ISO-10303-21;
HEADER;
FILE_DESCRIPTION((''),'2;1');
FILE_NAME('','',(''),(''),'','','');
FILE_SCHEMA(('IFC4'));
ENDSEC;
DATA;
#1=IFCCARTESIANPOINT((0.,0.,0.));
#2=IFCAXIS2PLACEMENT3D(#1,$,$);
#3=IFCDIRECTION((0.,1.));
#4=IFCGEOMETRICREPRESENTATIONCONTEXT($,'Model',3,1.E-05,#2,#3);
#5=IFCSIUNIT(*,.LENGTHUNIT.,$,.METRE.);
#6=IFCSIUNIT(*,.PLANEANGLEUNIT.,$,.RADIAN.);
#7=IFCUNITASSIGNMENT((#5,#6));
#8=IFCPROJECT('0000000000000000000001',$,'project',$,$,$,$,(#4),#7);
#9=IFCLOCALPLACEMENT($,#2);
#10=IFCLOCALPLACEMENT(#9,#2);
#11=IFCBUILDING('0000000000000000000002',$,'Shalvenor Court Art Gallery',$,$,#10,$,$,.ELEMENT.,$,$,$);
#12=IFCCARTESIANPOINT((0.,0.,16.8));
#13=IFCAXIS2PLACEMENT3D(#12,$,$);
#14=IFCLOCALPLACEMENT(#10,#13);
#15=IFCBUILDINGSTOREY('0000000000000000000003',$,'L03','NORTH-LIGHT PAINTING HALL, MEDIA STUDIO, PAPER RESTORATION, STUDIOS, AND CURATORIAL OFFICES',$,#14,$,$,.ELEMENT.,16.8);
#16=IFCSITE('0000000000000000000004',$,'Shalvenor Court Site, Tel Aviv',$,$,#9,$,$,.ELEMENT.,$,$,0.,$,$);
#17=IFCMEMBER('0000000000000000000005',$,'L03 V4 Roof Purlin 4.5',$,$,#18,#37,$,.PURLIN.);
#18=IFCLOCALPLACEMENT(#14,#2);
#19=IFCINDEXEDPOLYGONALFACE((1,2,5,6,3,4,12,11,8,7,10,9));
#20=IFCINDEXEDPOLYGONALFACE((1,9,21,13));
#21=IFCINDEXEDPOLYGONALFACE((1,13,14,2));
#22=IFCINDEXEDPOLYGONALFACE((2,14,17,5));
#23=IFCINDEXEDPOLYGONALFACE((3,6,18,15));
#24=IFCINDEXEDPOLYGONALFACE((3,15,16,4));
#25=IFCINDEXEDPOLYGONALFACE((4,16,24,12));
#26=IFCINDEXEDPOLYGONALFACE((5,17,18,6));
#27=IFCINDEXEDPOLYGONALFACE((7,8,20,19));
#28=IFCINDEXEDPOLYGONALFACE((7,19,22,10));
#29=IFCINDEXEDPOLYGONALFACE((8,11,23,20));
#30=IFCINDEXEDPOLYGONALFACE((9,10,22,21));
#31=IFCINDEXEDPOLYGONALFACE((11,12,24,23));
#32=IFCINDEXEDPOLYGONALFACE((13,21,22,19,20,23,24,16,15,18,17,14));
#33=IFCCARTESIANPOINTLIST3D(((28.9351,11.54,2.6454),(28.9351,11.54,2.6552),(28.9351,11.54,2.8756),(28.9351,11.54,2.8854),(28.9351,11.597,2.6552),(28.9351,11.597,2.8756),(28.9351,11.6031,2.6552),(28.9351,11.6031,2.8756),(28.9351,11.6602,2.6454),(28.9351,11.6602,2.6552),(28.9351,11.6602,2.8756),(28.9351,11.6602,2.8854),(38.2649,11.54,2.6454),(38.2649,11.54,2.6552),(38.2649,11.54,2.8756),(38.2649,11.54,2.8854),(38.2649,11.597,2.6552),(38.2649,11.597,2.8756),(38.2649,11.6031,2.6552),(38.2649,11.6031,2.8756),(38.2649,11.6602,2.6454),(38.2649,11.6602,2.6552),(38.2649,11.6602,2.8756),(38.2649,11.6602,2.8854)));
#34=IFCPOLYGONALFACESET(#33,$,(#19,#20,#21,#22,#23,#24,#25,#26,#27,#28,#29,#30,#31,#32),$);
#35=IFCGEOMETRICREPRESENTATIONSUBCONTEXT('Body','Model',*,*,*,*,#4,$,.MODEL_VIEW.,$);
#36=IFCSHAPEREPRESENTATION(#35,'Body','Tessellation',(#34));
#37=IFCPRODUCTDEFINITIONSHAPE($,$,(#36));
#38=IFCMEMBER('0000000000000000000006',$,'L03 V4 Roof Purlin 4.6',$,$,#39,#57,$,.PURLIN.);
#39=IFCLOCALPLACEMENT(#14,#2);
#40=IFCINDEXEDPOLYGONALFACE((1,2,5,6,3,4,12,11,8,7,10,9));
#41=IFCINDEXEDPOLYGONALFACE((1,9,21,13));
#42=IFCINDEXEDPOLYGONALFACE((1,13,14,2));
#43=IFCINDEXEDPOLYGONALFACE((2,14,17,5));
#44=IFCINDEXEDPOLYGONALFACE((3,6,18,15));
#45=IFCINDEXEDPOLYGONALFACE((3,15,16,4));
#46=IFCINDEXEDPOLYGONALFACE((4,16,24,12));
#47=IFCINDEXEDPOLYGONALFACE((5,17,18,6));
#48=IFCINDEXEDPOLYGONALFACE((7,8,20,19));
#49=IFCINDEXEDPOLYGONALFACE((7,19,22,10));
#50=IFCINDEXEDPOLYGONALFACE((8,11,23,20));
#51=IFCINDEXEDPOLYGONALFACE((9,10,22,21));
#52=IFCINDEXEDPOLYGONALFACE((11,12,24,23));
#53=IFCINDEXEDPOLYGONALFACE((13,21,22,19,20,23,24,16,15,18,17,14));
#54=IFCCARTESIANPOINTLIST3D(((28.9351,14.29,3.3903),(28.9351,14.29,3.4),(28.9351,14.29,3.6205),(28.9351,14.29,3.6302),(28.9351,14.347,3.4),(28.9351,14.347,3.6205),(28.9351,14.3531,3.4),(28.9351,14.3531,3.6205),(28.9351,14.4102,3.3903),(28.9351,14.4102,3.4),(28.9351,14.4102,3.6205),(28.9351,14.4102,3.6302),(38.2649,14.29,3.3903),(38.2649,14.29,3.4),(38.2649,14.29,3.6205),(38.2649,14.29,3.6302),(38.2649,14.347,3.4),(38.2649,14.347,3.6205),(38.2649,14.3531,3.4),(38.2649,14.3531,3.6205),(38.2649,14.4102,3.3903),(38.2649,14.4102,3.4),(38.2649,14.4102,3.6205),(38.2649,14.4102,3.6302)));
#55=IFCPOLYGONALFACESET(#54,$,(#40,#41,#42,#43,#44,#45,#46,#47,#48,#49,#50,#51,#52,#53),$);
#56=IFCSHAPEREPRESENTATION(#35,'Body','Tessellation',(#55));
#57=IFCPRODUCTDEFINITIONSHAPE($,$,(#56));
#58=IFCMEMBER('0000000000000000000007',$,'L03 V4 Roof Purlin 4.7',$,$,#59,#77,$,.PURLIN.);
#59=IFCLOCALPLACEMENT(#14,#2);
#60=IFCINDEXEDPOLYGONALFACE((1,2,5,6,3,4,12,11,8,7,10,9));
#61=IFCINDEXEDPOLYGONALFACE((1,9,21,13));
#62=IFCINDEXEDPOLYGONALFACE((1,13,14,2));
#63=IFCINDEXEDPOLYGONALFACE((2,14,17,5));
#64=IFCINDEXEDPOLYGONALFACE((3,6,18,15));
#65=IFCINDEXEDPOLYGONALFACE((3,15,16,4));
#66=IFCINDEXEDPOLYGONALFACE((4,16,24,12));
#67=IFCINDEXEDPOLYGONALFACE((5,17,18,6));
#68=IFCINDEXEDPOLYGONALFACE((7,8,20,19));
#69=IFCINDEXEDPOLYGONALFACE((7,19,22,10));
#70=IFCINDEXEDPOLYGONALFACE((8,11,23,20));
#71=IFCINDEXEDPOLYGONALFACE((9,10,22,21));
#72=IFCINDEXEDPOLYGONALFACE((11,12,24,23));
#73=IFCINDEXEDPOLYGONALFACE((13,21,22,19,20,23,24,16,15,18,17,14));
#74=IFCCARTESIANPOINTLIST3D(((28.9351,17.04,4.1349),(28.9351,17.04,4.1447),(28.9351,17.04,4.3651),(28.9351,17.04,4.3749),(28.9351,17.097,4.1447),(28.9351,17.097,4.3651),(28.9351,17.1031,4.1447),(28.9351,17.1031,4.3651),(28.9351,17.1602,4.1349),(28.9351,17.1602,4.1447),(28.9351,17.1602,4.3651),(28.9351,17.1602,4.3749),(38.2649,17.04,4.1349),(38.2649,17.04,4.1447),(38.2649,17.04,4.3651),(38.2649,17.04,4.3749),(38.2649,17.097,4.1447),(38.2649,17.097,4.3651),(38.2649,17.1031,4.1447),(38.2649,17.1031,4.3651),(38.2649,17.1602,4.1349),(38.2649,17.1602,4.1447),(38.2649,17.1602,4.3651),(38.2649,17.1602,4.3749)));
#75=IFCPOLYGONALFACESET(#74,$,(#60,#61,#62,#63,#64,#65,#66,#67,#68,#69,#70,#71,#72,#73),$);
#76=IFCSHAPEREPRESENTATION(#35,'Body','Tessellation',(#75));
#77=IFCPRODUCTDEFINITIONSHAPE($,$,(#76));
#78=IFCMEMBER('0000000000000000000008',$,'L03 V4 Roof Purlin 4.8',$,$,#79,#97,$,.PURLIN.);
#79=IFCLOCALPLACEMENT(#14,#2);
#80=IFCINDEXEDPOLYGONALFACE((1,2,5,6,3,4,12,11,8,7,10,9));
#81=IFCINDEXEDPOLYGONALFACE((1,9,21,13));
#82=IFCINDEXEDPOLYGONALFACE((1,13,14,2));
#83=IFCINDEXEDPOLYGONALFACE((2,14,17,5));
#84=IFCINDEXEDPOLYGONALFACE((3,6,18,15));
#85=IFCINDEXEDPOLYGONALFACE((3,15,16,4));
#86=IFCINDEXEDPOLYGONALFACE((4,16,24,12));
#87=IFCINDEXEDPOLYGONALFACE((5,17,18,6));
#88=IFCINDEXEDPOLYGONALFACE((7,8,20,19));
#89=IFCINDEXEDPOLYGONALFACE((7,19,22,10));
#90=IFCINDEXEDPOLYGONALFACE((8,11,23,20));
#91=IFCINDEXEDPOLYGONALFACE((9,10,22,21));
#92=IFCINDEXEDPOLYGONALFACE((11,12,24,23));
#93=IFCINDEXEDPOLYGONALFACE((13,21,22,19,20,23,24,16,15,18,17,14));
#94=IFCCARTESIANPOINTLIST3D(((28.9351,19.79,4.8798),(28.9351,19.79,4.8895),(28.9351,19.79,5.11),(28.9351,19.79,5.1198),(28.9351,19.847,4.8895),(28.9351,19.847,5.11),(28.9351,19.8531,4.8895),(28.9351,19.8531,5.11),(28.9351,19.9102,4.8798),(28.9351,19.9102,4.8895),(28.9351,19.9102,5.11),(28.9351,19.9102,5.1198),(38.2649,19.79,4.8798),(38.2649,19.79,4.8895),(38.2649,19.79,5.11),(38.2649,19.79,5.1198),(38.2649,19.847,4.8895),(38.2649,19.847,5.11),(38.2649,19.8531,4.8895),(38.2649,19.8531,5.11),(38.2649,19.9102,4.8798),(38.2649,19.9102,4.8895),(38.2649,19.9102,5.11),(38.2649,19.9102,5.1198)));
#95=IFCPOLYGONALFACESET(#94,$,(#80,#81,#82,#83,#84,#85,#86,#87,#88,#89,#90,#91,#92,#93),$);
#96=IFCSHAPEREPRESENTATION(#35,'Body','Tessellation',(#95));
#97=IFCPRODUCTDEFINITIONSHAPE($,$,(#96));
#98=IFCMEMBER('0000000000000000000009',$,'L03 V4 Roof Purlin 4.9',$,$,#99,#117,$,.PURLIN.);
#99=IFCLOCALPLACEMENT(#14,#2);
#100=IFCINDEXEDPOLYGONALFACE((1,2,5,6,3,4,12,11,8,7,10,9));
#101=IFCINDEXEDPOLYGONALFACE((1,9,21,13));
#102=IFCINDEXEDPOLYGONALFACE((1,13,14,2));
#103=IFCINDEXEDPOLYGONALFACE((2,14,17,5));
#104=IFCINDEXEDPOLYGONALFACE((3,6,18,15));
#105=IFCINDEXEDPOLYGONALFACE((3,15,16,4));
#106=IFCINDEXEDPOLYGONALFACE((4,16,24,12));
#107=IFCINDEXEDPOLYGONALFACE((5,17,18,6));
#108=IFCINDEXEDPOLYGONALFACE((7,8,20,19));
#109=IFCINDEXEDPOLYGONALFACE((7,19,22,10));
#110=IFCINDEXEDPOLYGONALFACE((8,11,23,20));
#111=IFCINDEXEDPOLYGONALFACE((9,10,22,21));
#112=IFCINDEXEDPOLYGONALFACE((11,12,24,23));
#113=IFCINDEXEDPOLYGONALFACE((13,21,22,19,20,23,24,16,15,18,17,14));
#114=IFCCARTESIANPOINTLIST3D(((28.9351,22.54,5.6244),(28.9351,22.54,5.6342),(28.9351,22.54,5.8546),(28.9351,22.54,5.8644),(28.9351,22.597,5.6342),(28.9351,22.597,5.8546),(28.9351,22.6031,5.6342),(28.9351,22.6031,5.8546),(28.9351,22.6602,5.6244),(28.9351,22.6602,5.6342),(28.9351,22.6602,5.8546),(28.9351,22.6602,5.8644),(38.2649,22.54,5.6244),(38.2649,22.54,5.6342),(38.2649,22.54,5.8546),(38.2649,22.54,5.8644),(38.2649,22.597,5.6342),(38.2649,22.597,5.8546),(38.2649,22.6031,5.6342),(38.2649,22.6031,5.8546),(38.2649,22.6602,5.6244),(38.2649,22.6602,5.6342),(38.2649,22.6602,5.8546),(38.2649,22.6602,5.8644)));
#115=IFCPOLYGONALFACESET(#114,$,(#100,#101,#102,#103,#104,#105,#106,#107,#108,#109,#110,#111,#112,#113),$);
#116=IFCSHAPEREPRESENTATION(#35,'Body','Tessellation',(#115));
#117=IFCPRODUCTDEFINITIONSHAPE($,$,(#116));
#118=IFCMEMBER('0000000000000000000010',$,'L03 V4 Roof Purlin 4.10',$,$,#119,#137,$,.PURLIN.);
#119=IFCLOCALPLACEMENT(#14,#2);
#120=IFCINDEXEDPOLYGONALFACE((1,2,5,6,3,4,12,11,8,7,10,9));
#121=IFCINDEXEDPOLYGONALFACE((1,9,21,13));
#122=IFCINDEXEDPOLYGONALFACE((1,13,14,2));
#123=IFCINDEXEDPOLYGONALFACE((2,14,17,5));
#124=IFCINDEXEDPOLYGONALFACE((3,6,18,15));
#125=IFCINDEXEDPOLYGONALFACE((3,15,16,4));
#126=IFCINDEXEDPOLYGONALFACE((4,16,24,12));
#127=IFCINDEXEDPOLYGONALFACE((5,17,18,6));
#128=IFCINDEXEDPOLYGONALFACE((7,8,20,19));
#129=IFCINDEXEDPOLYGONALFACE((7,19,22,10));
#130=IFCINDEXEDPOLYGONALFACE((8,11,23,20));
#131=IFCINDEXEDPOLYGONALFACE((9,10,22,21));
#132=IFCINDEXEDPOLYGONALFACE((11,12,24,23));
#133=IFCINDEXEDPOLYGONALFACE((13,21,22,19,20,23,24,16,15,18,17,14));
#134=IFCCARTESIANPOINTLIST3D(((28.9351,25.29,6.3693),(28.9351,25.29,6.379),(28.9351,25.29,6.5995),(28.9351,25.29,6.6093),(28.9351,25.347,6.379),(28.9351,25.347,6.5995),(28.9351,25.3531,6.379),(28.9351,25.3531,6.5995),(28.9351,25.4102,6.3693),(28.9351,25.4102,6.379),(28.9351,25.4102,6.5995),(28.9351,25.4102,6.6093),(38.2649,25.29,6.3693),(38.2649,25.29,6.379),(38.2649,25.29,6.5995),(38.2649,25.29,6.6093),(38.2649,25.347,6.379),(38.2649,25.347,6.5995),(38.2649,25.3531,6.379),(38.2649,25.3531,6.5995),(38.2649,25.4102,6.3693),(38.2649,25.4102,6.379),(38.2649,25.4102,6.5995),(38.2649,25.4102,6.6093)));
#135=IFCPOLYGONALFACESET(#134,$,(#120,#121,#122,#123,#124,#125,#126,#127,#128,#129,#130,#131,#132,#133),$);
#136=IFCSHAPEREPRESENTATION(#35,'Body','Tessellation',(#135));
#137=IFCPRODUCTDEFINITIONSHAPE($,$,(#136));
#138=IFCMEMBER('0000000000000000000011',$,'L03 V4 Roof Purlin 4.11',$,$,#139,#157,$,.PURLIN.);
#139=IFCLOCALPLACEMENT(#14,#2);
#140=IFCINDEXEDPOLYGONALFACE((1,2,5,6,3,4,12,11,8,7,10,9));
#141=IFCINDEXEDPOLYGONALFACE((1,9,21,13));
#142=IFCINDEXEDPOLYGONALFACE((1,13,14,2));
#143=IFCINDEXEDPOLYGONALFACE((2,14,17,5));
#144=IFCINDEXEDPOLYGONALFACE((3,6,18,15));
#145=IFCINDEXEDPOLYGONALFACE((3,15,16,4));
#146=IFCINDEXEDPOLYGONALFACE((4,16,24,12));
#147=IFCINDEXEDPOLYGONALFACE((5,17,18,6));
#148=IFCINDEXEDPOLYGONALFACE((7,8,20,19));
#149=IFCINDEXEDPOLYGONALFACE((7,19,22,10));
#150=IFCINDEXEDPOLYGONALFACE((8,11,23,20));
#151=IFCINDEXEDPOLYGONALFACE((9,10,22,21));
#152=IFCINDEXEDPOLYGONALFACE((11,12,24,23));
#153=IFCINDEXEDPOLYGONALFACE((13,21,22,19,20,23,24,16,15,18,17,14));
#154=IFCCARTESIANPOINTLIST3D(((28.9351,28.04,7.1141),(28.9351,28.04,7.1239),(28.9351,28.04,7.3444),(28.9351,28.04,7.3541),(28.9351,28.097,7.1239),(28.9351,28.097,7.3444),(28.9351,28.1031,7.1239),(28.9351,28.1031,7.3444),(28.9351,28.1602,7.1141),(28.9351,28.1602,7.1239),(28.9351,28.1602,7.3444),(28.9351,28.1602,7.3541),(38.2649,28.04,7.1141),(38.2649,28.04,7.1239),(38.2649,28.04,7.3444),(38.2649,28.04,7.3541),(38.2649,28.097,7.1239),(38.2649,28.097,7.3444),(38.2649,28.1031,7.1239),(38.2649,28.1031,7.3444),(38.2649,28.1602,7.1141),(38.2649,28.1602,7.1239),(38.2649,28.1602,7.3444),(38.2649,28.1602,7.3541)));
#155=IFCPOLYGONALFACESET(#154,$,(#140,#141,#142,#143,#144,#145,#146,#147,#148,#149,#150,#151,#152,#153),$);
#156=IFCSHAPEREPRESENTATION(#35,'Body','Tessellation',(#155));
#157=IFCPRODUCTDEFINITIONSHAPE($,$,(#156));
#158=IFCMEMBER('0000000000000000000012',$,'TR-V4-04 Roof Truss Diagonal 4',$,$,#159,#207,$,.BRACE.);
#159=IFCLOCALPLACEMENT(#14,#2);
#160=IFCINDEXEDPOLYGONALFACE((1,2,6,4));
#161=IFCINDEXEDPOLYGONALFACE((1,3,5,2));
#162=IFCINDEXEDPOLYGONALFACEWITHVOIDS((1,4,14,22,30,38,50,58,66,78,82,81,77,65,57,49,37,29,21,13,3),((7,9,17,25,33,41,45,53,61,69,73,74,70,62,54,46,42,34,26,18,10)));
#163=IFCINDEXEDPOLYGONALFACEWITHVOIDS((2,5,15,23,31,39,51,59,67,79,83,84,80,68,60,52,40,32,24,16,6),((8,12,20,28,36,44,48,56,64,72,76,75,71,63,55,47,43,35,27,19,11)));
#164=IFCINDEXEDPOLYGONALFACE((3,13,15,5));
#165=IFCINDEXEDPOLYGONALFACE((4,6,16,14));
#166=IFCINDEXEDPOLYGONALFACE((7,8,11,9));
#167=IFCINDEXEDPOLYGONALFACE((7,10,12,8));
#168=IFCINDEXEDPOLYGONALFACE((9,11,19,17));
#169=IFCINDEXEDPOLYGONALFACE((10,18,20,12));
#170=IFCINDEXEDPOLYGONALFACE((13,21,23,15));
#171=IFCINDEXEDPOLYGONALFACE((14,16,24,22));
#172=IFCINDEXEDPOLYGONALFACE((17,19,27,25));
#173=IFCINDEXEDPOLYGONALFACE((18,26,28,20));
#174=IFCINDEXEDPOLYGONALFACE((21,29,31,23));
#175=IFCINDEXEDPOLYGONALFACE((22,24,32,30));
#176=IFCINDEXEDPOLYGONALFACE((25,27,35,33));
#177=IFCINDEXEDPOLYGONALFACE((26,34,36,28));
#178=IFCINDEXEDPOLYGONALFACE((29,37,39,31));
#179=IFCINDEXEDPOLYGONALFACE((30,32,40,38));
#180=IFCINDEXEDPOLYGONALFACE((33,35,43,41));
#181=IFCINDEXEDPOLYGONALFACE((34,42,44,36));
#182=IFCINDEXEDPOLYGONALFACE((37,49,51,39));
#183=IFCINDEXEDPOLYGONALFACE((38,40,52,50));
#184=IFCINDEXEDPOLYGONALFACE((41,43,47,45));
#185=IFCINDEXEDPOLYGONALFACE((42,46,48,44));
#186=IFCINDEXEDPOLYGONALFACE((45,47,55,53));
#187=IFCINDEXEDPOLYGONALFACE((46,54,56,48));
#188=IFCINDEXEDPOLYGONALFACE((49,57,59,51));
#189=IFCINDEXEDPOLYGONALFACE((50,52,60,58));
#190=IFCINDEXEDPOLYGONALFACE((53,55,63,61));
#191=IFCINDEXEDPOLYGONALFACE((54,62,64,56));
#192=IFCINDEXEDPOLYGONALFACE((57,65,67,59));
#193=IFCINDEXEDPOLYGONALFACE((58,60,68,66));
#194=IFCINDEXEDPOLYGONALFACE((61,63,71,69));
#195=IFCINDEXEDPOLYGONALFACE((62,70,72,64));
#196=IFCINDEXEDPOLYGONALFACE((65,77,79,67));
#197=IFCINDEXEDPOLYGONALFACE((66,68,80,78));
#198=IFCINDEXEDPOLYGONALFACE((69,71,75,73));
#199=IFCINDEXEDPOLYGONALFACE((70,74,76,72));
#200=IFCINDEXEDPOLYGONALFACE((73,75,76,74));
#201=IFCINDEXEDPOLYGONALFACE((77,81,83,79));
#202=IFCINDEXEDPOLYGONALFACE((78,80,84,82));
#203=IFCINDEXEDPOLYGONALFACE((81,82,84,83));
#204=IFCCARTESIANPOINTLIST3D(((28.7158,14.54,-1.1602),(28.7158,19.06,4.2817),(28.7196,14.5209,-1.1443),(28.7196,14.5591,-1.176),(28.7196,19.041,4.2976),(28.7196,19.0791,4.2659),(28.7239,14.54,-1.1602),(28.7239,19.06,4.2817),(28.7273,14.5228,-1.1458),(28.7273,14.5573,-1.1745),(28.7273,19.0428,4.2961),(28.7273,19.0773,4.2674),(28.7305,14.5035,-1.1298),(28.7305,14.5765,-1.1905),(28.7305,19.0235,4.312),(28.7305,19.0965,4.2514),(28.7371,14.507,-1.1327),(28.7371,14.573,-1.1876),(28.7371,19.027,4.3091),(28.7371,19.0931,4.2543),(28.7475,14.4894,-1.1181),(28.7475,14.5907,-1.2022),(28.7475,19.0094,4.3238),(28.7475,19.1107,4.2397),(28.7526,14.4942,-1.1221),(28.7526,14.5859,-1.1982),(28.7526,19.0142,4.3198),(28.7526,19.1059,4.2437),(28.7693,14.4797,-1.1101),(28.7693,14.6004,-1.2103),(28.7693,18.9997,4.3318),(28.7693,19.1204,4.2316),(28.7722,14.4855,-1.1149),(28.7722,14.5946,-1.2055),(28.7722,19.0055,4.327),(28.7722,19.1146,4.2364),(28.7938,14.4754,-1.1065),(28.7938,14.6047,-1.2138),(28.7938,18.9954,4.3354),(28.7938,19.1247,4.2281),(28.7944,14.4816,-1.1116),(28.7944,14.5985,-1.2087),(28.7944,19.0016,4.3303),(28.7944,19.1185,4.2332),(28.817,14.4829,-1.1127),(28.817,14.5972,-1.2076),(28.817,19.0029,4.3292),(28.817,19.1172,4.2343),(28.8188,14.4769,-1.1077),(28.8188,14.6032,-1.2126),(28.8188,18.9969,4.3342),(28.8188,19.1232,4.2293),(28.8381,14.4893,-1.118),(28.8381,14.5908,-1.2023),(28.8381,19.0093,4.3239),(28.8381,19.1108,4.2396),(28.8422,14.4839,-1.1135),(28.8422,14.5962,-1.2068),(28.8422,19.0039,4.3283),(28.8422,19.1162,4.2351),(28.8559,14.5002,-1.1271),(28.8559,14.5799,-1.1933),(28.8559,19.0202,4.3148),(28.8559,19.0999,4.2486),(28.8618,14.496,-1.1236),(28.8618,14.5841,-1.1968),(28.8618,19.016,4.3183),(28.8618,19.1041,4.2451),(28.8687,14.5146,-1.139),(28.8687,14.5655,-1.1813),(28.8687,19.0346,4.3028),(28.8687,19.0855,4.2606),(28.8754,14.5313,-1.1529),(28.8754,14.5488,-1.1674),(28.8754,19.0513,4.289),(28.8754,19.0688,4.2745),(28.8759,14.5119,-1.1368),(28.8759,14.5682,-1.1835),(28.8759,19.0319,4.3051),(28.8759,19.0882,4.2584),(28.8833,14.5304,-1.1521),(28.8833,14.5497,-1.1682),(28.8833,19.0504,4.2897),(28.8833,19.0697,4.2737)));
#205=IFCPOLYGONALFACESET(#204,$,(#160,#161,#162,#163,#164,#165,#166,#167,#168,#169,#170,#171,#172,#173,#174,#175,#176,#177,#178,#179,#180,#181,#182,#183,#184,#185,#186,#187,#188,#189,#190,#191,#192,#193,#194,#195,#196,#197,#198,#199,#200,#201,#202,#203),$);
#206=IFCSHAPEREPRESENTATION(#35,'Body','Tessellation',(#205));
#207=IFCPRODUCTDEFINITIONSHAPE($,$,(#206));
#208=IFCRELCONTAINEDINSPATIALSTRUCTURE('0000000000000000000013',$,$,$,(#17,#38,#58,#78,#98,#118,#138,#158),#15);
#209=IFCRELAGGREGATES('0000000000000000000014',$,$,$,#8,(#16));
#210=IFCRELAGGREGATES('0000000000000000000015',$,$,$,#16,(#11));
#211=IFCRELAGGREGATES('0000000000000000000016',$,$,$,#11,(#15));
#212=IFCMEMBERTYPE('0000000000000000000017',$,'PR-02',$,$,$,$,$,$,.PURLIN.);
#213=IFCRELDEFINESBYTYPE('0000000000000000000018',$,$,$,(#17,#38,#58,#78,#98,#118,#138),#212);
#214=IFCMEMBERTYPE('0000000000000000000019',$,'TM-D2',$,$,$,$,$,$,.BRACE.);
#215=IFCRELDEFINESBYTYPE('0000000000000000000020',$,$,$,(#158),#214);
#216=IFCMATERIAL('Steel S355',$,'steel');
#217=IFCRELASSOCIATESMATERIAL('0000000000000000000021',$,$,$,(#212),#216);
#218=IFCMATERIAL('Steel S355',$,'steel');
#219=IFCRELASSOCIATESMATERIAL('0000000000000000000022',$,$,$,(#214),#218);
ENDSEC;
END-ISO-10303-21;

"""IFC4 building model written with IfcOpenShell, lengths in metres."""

from ifc_helpers import new_model, si_unit, direction, frame, origin, origin_2d, place, context, subcontext, project, spatial, hollow_circle, i_section, extrude, material, material_profile, profile_set, type_object, element, save


model = new_model("IFC4")

# Units and contexts
model_context = context("Model", 3, precision=1e-05, world=origin(), true_north=direction((0.0, 1.0)))
body_context = subcontext(model_context, "Body", "Model", "MODEL_VIEW")
ifc_project = project(units=[si_unit("LENGTHUNIT", "METRE"), si_unit("PLANEANGLEUNIT", "RADIAN")], contexts=[model_context])

# Site, building, storey
site_placement = place(None, origin())
site = spatial("IfcSite", under=ifc_project, at=site_placement, Name="Shalvenor Court Site, Tel Aviv", CompositionType="ELEMENT", RefElevation=0.0)
building_placement = place(site_placement, origin())
building = spatial("IfcBuilding", under=site, at=building_placement, Name="Shalvenor Court Art Gallery", CompositionType="ELEMENT")
storey_placement = place(building_placement, frame((0.0, 0.0, 16.8)))
storey = spatial("IfcBuildingStorey", under=building, at=storey_placement, Name="L03", Description="NORTH-LIGHT PAINTING HALL, MEDIA STUDIO, PAPER RESTORATION, STUDIOS, AND CURATORIAL OFFICES", CompositionType="ELEMENT", Elevation=16.8)

# Members
ifc_material_1 = material(Name="Steel S355", Category="steel")
ifc_material_profile_1 = material_profile(ifc_material_1, i_section(OverallWidth=0.1201, OverallDepth=0.24, WebThickness=0.0061, FlangeThickness=0.0098, at=origin_2d()), Name="IPE 240")
ifc_profile_set_1 = profile_set([ifc_material_profile_1], Name="Steel S355")
member_type_1 = type_object("IfcMemberType", Name="PR-02", PredefinedType="PURLIN", material=ifc_profile_set_1)
for number, where, z_axis, x_axis, name in (
    (1, (28.9351, 11.6001, 2.7654), (1.0, 0.0, 0.0), (0.0, 1.0, 0.0), "L03 V4 Roof Purlin 4.5"),
    (2, (28.9351, 14.3501, 3.5103), (1.0, 0.0, 0.0), (0.0, 1.0, 0.0), "L03 V4 Roof Purlin 4.6"),
    (3, (28.9351, 17.1001, 4.2549), (1.0, 0.0, 0.0), (0.0, 1.0, 0.0), "L03 V4 Roof Purlin 4.7"),
    (4, (28.9351, 19.8501, 4.9998), (1.0, 0.0, 0.0), (0.0, 1.0, 0.0), "L03 V4 Roof Purlin 4.8"),
    (5, (28.9351, 22.6001, 5.7444), (1.0, 0.0, 0.0), (0.0, 1.0, 0.0), "L03 V4 Roof Purlin 4.9"),
    (6, (28.9351, 25.3501, 6.4893), (1.0, 0.0, 0.0), (0.0, 1.0, 0.0), "L03 V4 Roof Purlin 4.10"),
    (7, (28.9351, 28.1001, 7.2341), (1.0, 0.0, 0.0), (0.0, 1.0, 0.0), "L03 V4 Roof Purlin 4.11"),
):
    element("IfcMember", number, at=place(storey_placement, frame(where, z_axis=z_axis, x_axis=x_axis)), inside=storey, type_object=member_type_1, Name=name, PredefinedType="PURLIN", context=body_context, shape_type="SweptSolid", body=[
        extrude(i_section(OverallWidth=0.1201, OverallDepth=0.24, WebThickness=0.0061, FlangeThickness=0.0098, at=origin_2d()), origin(), (0.0, 0.0, 1.0), 9.3298),
    ])
ifc_material_2 = material(Name="Steel S355", Category="steel")
ifc_material_profile_2 = material_profile(ifc_material_2, hollow_circle(Radius=0.0842, WallThickness=0.0081, at=origin_2d()), Name="CHS 168.3x8.0")
ifc_profile_set_2 = profile_set([ifc_material_profile_2], Name="Steel S355")
member_type_2 = type_object("IfcMemberType", Name="TM-D2", PredefinedType="BRACE", material=ifc_profile_set_2)
member_1_placement = place(storey_placement, frame((28.8, 14.54, -1.1602), z_axis=(0.0, 0.638941, 0.769256), x_axis=(-1.0, 0.0, 0.0)))
element("IfcMember", 8, at=member_1_placement, inside=storey, type_object=member_type_2, Name="TR-V4-04 Roof Truss Diagonal 4", PredefinedType="BRACE", context=body_context, shape_type="SweptSolid", body=[
    extrude(hollow_circle(Radius=0.0842, WallThickness=0.0081, at=origin_2d()), origin(), (0.0, 0.0, 1.0), 7.0742),
])

save(model, "model.ifc")
